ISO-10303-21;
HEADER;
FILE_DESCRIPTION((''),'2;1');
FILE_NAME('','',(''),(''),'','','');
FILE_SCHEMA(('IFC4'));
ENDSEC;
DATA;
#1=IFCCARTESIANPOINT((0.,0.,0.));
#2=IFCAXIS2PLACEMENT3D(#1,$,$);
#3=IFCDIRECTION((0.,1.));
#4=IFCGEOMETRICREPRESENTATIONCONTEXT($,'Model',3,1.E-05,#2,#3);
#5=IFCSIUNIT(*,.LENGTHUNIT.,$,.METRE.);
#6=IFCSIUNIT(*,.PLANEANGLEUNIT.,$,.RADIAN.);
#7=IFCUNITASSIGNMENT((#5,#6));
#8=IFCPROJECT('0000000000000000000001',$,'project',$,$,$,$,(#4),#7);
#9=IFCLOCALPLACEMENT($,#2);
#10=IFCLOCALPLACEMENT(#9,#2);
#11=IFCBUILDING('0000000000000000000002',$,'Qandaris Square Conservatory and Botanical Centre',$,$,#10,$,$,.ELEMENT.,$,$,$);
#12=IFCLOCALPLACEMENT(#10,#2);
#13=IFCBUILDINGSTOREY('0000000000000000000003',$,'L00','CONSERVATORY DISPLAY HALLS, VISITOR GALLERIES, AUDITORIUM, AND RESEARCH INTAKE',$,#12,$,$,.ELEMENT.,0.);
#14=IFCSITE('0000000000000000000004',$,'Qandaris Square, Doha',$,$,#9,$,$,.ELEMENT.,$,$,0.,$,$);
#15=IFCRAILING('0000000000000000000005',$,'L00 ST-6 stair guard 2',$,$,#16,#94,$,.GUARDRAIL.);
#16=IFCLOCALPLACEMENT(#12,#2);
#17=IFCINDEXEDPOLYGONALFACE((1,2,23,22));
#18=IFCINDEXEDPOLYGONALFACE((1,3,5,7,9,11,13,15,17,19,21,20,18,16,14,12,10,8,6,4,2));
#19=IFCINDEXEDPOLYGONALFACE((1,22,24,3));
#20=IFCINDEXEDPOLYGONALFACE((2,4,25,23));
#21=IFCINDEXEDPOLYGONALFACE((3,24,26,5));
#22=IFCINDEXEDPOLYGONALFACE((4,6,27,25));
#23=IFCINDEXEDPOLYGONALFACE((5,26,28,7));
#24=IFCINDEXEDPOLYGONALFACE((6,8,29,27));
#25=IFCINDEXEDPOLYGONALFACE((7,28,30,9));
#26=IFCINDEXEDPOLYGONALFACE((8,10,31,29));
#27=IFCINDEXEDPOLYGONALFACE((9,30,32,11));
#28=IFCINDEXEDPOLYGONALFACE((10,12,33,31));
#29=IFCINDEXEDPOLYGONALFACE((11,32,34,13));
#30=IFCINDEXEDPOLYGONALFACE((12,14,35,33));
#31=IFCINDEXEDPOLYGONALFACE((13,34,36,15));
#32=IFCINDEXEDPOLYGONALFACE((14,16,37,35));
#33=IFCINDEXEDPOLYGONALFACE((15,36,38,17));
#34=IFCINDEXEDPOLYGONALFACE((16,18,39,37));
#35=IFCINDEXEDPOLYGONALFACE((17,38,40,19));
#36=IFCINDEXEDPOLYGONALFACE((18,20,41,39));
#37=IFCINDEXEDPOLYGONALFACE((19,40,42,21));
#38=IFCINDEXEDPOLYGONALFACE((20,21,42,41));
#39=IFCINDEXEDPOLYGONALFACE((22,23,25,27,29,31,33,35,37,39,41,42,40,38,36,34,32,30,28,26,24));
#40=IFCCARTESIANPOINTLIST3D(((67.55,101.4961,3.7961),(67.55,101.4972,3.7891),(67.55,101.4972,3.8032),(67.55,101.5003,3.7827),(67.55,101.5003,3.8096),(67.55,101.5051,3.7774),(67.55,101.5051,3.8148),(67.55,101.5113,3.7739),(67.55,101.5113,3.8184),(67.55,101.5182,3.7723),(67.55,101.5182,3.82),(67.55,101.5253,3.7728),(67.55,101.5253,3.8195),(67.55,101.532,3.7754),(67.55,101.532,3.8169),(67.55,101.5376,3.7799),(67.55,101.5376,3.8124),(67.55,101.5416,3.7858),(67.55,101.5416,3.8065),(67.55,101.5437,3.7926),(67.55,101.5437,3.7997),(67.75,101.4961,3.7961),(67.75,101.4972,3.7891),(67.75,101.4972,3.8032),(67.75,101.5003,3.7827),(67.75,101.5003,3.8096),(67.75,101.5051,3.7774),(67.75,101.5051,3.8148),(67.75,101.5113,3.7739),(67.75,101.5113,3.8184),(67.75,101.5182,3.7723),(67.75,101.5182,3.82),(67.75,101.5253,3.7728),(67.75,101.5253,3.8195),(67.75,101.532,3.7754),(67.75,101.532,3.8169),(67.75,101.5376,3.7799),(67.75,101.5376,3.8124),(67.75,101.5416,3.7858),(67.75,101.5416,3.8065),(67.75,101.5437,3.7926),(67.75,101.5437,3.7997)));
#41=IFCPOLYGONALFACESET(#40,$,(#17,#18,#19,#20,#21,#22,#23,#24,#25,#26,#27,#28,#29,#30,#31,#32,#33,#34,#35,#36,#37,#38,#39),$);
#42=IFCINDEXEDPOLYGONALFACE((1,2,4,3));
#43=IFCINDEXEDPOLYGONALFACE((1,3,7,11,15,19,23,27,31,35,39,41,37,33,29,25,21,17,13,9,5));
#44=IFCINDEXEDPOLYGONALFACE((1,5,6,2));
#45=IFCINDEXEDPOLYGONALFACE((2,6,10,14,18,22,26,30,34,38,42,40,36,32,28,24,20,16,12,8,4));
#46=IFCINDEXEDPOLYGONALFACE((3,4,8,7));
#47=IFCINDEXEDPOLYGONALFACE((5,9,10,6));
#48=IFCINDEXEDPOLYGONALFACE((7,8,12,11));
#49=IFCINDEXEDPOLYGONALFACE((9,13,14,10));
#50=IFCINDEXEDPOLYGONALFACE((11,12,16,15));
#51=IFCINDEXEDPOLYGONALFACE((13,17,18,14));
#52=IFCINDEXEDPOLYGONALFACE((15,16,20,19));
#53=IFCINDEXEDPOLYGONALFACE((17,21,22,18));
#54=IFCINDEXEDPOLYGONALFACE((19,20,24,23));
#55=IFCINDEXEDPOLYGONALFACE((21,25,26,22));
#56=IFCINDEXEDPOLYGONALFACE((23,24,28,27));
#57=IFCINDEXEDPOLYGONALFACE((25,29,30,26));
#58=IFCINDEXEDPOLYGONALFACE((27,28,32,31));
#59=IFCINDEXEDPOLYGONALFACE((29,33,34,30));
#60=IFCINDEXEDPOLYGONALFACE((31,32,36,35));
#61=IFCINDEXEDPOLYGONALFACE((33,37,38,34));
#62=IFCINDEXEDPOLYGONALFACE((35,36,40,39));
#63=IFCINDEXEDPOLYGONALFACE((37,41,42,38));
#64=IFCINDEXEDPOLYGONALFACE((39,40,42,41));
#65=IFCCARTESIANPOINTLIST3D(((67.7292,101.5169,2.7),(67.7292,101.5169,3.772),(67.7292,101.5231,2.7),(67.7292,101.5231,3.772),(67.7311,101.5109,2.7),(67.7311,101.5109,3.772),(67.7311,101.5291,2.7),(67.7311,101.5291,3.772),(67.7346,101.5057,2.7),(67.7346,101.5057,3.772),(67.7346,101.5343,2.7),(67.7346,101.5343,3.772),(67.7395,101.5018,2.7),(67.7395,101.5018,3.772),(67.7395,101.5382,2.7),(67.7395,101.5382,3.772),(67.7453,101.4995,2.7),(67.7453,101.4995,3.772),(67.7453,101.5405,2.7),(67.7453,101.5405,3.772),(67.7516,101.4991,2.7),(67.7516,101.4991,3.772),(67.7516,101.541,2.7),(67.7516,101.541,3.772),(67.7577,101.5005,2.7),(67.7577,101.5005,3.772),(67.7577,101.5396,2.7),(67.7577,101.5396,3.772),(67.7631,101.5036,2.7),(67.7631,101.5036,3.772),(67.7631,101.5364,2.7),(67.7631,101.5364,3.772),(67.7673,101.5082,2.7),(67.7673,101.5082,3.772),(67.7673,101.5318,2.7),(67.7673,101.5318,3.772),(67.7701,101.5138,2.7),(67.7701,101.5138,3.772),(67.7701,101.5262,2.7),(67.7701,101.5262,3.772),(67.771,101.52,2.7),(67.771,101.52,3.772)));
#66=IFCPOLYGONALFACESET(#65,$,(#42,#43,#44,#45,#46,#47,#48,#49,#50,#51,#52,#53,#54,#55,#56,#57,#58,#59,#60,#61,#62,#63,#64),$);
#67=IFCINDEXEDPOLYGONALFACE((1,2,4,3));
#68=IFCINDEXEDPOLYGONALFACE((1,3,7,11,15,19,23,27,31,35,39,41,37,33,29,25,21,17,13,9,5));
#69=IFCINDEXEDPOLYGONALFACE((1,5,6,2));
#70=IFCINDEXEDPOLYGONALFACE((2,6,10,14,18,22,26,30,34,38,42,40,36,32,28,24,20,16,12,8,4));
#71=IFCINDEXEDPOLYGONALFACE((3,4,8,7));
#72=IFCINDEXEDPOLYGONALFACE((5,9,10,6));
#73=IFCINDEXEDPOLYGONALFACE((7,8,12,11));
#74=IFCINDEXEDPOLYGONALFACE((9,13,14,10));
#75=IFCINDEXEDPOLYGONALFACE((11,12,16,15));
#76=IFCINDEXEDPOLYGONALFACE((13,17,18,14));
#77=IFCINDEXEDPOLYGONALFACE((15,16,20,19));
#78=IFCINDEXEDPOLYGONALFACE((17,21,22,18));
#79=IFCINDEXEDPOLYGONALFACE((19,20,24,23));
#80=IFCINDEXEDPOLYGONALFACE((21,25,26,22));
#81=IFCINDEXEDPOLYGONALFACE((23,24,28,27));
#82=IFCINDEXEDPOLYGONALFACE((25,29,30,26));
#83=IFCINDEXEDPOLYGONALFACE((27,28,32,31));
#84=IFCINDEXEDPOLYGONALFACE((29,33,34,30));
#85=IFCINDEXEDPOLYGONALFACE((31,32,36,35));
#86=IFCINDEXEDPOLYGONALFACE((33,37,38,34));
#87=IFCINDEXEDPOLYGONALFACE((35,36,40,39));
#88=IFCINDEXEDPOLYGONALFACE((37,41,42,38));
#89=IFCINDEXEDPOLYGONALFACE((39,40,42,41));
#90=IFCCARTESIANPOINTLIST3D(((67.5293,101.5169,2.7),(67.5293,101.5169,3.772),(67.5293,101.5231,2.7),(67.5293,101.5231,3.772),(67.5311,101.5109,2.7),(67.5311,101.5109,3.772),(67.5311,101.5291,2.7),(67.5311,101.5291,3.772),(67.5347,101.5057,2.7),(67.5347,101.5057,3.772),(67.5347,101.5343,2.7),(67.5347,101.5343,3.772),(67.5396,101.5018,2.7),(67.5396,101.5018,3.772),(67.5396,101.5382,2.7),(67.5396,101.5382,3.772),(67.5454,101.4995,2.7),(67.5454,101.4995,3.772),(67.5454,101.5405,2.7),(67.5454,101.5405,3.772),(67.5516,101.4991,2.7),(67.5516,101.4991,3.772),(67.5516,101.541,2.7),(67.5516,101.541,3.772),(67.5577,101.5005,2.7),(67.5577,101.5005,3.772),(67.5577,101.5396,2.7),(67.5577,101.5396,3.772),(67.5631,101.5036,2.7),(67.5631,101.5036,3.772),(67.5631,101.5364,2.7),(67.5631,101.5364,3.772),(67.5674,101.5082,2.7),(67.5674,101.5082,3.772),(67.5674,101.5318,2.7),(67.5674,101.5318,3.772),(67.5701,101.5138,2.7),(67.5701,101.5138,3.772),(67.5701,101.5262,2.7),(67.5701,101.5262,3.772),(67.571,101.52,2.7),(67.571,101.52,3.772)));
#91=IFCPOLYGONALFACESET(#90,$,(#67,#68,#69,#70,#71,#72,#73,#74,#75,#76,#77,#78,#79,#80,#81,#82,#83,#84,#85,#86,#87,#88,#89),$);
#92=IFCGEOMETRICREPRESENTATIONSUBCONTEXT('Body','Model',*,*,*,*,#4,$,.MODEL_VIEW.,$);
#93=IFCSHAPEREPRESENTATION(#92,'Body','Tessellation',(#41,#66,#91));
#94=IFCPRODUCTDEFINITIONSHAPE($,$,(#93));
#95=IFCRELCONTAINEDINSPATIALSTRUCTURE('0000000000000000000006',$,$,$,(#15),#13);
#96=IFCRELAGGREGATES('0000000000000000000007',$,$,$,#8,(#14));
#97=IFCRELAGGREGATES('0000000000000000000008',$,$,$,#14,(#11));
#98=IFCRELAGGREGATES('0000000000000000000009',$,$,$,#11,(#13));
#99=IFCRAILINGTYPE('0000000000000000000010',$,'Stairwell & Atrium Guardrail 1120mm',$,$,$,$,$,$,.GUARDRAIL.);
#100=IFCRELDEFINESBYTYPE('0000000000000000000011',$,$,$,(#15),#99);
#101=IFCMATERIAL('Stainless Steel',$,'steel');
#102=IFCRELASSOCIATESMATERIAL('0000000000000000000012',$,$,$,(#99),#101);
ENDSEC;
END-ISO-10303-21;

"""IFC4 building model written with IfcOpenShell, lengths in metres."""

from ifc_helpers import new_model, si_unit, direction, frame, origin, origin_2d, place, context, subcontext, project, spatial, circle, extrude, material, type_object, element, save


model = new_model("IFC4")

# Units and contexts
model_context = context("Model", 3, precision=1e-05, world=origin(), true_north=direction((0.0, 1.0)))
body_context = subcontext(model_context, "Body", "Model", "MODEL_VIEW")
ifc_project = project(units=[si_unit("LENGTHUNIT", "METRE"), si_unit("PLANEANGLEUNIT", "RADIAN")], contexts=[model_context])

# Site, building, storey
site_placement = place(None, origin())
site = spatial("IfcSite", under=ifc_project, at=site_placement, Name="Qandaris Square, Doha", CompositionType="ELEMENT", RefElevation=0.0)
building_placement = place(site_placement, origin())
building = spatial("IfcBuilding", under=site, at=building_placement, Name="Qandaris Square Conservatory and Botanical Centre", CompositionType="ELEMENT")
storey_placement = place(building_placement, origin())
storey = spatial("IfcBuildingStorey", under=building, at=storey_placement, Name="L00", Description="CONSERVATORY DISPLAY HALLS, VISITOR GALLERIES, AUDITORIUM, AND RESEARCH INTAKE", CompositionType="ELEMENT", Elevation=0.0)

# Railing
ifc_material_1 = material(Name="Stainless Steel", Category="steel")
railing_type_1 = type_object("IfcRailingType", Name="Stairwell & Atrium Guardrail 1120mm", PredefinedType="GUARDRAIL", material=ifc_material_1)
railing_1_placement = place(storey_placement, frame((67.75, 101.52, 2.7)))
element("IfcRailing", 1, at=railing_1_placement, inside=storey, type_object=railing_type_1, Name="L00 ST-6 stair guard 2", PredefinedType="GUARDRAIL", context=body_context, shape_type="SweptSolid", body=[
    extrude(circle(Radius=0.0239, at=origin_2d()), frame((0.0, 0.0, 1.0962), z_axis=(-1.0, 0.0, 0.0), x_axis=(0.0, -1.0, 0.0)), (0.0, 0.0, 1.0), 0.2),
    extrude(circle(Radius=0.021, at=origin_2d()), origin(), (0.0, 0.0, 1.0), 1.072),
    extrude(circle(Radius=0.021, at=origin_2d()), frame((-0.2, 0.0, 0.0)), (0.0, 0.0, 1.0), 1.072),
])

save(model, "model.ifc")
